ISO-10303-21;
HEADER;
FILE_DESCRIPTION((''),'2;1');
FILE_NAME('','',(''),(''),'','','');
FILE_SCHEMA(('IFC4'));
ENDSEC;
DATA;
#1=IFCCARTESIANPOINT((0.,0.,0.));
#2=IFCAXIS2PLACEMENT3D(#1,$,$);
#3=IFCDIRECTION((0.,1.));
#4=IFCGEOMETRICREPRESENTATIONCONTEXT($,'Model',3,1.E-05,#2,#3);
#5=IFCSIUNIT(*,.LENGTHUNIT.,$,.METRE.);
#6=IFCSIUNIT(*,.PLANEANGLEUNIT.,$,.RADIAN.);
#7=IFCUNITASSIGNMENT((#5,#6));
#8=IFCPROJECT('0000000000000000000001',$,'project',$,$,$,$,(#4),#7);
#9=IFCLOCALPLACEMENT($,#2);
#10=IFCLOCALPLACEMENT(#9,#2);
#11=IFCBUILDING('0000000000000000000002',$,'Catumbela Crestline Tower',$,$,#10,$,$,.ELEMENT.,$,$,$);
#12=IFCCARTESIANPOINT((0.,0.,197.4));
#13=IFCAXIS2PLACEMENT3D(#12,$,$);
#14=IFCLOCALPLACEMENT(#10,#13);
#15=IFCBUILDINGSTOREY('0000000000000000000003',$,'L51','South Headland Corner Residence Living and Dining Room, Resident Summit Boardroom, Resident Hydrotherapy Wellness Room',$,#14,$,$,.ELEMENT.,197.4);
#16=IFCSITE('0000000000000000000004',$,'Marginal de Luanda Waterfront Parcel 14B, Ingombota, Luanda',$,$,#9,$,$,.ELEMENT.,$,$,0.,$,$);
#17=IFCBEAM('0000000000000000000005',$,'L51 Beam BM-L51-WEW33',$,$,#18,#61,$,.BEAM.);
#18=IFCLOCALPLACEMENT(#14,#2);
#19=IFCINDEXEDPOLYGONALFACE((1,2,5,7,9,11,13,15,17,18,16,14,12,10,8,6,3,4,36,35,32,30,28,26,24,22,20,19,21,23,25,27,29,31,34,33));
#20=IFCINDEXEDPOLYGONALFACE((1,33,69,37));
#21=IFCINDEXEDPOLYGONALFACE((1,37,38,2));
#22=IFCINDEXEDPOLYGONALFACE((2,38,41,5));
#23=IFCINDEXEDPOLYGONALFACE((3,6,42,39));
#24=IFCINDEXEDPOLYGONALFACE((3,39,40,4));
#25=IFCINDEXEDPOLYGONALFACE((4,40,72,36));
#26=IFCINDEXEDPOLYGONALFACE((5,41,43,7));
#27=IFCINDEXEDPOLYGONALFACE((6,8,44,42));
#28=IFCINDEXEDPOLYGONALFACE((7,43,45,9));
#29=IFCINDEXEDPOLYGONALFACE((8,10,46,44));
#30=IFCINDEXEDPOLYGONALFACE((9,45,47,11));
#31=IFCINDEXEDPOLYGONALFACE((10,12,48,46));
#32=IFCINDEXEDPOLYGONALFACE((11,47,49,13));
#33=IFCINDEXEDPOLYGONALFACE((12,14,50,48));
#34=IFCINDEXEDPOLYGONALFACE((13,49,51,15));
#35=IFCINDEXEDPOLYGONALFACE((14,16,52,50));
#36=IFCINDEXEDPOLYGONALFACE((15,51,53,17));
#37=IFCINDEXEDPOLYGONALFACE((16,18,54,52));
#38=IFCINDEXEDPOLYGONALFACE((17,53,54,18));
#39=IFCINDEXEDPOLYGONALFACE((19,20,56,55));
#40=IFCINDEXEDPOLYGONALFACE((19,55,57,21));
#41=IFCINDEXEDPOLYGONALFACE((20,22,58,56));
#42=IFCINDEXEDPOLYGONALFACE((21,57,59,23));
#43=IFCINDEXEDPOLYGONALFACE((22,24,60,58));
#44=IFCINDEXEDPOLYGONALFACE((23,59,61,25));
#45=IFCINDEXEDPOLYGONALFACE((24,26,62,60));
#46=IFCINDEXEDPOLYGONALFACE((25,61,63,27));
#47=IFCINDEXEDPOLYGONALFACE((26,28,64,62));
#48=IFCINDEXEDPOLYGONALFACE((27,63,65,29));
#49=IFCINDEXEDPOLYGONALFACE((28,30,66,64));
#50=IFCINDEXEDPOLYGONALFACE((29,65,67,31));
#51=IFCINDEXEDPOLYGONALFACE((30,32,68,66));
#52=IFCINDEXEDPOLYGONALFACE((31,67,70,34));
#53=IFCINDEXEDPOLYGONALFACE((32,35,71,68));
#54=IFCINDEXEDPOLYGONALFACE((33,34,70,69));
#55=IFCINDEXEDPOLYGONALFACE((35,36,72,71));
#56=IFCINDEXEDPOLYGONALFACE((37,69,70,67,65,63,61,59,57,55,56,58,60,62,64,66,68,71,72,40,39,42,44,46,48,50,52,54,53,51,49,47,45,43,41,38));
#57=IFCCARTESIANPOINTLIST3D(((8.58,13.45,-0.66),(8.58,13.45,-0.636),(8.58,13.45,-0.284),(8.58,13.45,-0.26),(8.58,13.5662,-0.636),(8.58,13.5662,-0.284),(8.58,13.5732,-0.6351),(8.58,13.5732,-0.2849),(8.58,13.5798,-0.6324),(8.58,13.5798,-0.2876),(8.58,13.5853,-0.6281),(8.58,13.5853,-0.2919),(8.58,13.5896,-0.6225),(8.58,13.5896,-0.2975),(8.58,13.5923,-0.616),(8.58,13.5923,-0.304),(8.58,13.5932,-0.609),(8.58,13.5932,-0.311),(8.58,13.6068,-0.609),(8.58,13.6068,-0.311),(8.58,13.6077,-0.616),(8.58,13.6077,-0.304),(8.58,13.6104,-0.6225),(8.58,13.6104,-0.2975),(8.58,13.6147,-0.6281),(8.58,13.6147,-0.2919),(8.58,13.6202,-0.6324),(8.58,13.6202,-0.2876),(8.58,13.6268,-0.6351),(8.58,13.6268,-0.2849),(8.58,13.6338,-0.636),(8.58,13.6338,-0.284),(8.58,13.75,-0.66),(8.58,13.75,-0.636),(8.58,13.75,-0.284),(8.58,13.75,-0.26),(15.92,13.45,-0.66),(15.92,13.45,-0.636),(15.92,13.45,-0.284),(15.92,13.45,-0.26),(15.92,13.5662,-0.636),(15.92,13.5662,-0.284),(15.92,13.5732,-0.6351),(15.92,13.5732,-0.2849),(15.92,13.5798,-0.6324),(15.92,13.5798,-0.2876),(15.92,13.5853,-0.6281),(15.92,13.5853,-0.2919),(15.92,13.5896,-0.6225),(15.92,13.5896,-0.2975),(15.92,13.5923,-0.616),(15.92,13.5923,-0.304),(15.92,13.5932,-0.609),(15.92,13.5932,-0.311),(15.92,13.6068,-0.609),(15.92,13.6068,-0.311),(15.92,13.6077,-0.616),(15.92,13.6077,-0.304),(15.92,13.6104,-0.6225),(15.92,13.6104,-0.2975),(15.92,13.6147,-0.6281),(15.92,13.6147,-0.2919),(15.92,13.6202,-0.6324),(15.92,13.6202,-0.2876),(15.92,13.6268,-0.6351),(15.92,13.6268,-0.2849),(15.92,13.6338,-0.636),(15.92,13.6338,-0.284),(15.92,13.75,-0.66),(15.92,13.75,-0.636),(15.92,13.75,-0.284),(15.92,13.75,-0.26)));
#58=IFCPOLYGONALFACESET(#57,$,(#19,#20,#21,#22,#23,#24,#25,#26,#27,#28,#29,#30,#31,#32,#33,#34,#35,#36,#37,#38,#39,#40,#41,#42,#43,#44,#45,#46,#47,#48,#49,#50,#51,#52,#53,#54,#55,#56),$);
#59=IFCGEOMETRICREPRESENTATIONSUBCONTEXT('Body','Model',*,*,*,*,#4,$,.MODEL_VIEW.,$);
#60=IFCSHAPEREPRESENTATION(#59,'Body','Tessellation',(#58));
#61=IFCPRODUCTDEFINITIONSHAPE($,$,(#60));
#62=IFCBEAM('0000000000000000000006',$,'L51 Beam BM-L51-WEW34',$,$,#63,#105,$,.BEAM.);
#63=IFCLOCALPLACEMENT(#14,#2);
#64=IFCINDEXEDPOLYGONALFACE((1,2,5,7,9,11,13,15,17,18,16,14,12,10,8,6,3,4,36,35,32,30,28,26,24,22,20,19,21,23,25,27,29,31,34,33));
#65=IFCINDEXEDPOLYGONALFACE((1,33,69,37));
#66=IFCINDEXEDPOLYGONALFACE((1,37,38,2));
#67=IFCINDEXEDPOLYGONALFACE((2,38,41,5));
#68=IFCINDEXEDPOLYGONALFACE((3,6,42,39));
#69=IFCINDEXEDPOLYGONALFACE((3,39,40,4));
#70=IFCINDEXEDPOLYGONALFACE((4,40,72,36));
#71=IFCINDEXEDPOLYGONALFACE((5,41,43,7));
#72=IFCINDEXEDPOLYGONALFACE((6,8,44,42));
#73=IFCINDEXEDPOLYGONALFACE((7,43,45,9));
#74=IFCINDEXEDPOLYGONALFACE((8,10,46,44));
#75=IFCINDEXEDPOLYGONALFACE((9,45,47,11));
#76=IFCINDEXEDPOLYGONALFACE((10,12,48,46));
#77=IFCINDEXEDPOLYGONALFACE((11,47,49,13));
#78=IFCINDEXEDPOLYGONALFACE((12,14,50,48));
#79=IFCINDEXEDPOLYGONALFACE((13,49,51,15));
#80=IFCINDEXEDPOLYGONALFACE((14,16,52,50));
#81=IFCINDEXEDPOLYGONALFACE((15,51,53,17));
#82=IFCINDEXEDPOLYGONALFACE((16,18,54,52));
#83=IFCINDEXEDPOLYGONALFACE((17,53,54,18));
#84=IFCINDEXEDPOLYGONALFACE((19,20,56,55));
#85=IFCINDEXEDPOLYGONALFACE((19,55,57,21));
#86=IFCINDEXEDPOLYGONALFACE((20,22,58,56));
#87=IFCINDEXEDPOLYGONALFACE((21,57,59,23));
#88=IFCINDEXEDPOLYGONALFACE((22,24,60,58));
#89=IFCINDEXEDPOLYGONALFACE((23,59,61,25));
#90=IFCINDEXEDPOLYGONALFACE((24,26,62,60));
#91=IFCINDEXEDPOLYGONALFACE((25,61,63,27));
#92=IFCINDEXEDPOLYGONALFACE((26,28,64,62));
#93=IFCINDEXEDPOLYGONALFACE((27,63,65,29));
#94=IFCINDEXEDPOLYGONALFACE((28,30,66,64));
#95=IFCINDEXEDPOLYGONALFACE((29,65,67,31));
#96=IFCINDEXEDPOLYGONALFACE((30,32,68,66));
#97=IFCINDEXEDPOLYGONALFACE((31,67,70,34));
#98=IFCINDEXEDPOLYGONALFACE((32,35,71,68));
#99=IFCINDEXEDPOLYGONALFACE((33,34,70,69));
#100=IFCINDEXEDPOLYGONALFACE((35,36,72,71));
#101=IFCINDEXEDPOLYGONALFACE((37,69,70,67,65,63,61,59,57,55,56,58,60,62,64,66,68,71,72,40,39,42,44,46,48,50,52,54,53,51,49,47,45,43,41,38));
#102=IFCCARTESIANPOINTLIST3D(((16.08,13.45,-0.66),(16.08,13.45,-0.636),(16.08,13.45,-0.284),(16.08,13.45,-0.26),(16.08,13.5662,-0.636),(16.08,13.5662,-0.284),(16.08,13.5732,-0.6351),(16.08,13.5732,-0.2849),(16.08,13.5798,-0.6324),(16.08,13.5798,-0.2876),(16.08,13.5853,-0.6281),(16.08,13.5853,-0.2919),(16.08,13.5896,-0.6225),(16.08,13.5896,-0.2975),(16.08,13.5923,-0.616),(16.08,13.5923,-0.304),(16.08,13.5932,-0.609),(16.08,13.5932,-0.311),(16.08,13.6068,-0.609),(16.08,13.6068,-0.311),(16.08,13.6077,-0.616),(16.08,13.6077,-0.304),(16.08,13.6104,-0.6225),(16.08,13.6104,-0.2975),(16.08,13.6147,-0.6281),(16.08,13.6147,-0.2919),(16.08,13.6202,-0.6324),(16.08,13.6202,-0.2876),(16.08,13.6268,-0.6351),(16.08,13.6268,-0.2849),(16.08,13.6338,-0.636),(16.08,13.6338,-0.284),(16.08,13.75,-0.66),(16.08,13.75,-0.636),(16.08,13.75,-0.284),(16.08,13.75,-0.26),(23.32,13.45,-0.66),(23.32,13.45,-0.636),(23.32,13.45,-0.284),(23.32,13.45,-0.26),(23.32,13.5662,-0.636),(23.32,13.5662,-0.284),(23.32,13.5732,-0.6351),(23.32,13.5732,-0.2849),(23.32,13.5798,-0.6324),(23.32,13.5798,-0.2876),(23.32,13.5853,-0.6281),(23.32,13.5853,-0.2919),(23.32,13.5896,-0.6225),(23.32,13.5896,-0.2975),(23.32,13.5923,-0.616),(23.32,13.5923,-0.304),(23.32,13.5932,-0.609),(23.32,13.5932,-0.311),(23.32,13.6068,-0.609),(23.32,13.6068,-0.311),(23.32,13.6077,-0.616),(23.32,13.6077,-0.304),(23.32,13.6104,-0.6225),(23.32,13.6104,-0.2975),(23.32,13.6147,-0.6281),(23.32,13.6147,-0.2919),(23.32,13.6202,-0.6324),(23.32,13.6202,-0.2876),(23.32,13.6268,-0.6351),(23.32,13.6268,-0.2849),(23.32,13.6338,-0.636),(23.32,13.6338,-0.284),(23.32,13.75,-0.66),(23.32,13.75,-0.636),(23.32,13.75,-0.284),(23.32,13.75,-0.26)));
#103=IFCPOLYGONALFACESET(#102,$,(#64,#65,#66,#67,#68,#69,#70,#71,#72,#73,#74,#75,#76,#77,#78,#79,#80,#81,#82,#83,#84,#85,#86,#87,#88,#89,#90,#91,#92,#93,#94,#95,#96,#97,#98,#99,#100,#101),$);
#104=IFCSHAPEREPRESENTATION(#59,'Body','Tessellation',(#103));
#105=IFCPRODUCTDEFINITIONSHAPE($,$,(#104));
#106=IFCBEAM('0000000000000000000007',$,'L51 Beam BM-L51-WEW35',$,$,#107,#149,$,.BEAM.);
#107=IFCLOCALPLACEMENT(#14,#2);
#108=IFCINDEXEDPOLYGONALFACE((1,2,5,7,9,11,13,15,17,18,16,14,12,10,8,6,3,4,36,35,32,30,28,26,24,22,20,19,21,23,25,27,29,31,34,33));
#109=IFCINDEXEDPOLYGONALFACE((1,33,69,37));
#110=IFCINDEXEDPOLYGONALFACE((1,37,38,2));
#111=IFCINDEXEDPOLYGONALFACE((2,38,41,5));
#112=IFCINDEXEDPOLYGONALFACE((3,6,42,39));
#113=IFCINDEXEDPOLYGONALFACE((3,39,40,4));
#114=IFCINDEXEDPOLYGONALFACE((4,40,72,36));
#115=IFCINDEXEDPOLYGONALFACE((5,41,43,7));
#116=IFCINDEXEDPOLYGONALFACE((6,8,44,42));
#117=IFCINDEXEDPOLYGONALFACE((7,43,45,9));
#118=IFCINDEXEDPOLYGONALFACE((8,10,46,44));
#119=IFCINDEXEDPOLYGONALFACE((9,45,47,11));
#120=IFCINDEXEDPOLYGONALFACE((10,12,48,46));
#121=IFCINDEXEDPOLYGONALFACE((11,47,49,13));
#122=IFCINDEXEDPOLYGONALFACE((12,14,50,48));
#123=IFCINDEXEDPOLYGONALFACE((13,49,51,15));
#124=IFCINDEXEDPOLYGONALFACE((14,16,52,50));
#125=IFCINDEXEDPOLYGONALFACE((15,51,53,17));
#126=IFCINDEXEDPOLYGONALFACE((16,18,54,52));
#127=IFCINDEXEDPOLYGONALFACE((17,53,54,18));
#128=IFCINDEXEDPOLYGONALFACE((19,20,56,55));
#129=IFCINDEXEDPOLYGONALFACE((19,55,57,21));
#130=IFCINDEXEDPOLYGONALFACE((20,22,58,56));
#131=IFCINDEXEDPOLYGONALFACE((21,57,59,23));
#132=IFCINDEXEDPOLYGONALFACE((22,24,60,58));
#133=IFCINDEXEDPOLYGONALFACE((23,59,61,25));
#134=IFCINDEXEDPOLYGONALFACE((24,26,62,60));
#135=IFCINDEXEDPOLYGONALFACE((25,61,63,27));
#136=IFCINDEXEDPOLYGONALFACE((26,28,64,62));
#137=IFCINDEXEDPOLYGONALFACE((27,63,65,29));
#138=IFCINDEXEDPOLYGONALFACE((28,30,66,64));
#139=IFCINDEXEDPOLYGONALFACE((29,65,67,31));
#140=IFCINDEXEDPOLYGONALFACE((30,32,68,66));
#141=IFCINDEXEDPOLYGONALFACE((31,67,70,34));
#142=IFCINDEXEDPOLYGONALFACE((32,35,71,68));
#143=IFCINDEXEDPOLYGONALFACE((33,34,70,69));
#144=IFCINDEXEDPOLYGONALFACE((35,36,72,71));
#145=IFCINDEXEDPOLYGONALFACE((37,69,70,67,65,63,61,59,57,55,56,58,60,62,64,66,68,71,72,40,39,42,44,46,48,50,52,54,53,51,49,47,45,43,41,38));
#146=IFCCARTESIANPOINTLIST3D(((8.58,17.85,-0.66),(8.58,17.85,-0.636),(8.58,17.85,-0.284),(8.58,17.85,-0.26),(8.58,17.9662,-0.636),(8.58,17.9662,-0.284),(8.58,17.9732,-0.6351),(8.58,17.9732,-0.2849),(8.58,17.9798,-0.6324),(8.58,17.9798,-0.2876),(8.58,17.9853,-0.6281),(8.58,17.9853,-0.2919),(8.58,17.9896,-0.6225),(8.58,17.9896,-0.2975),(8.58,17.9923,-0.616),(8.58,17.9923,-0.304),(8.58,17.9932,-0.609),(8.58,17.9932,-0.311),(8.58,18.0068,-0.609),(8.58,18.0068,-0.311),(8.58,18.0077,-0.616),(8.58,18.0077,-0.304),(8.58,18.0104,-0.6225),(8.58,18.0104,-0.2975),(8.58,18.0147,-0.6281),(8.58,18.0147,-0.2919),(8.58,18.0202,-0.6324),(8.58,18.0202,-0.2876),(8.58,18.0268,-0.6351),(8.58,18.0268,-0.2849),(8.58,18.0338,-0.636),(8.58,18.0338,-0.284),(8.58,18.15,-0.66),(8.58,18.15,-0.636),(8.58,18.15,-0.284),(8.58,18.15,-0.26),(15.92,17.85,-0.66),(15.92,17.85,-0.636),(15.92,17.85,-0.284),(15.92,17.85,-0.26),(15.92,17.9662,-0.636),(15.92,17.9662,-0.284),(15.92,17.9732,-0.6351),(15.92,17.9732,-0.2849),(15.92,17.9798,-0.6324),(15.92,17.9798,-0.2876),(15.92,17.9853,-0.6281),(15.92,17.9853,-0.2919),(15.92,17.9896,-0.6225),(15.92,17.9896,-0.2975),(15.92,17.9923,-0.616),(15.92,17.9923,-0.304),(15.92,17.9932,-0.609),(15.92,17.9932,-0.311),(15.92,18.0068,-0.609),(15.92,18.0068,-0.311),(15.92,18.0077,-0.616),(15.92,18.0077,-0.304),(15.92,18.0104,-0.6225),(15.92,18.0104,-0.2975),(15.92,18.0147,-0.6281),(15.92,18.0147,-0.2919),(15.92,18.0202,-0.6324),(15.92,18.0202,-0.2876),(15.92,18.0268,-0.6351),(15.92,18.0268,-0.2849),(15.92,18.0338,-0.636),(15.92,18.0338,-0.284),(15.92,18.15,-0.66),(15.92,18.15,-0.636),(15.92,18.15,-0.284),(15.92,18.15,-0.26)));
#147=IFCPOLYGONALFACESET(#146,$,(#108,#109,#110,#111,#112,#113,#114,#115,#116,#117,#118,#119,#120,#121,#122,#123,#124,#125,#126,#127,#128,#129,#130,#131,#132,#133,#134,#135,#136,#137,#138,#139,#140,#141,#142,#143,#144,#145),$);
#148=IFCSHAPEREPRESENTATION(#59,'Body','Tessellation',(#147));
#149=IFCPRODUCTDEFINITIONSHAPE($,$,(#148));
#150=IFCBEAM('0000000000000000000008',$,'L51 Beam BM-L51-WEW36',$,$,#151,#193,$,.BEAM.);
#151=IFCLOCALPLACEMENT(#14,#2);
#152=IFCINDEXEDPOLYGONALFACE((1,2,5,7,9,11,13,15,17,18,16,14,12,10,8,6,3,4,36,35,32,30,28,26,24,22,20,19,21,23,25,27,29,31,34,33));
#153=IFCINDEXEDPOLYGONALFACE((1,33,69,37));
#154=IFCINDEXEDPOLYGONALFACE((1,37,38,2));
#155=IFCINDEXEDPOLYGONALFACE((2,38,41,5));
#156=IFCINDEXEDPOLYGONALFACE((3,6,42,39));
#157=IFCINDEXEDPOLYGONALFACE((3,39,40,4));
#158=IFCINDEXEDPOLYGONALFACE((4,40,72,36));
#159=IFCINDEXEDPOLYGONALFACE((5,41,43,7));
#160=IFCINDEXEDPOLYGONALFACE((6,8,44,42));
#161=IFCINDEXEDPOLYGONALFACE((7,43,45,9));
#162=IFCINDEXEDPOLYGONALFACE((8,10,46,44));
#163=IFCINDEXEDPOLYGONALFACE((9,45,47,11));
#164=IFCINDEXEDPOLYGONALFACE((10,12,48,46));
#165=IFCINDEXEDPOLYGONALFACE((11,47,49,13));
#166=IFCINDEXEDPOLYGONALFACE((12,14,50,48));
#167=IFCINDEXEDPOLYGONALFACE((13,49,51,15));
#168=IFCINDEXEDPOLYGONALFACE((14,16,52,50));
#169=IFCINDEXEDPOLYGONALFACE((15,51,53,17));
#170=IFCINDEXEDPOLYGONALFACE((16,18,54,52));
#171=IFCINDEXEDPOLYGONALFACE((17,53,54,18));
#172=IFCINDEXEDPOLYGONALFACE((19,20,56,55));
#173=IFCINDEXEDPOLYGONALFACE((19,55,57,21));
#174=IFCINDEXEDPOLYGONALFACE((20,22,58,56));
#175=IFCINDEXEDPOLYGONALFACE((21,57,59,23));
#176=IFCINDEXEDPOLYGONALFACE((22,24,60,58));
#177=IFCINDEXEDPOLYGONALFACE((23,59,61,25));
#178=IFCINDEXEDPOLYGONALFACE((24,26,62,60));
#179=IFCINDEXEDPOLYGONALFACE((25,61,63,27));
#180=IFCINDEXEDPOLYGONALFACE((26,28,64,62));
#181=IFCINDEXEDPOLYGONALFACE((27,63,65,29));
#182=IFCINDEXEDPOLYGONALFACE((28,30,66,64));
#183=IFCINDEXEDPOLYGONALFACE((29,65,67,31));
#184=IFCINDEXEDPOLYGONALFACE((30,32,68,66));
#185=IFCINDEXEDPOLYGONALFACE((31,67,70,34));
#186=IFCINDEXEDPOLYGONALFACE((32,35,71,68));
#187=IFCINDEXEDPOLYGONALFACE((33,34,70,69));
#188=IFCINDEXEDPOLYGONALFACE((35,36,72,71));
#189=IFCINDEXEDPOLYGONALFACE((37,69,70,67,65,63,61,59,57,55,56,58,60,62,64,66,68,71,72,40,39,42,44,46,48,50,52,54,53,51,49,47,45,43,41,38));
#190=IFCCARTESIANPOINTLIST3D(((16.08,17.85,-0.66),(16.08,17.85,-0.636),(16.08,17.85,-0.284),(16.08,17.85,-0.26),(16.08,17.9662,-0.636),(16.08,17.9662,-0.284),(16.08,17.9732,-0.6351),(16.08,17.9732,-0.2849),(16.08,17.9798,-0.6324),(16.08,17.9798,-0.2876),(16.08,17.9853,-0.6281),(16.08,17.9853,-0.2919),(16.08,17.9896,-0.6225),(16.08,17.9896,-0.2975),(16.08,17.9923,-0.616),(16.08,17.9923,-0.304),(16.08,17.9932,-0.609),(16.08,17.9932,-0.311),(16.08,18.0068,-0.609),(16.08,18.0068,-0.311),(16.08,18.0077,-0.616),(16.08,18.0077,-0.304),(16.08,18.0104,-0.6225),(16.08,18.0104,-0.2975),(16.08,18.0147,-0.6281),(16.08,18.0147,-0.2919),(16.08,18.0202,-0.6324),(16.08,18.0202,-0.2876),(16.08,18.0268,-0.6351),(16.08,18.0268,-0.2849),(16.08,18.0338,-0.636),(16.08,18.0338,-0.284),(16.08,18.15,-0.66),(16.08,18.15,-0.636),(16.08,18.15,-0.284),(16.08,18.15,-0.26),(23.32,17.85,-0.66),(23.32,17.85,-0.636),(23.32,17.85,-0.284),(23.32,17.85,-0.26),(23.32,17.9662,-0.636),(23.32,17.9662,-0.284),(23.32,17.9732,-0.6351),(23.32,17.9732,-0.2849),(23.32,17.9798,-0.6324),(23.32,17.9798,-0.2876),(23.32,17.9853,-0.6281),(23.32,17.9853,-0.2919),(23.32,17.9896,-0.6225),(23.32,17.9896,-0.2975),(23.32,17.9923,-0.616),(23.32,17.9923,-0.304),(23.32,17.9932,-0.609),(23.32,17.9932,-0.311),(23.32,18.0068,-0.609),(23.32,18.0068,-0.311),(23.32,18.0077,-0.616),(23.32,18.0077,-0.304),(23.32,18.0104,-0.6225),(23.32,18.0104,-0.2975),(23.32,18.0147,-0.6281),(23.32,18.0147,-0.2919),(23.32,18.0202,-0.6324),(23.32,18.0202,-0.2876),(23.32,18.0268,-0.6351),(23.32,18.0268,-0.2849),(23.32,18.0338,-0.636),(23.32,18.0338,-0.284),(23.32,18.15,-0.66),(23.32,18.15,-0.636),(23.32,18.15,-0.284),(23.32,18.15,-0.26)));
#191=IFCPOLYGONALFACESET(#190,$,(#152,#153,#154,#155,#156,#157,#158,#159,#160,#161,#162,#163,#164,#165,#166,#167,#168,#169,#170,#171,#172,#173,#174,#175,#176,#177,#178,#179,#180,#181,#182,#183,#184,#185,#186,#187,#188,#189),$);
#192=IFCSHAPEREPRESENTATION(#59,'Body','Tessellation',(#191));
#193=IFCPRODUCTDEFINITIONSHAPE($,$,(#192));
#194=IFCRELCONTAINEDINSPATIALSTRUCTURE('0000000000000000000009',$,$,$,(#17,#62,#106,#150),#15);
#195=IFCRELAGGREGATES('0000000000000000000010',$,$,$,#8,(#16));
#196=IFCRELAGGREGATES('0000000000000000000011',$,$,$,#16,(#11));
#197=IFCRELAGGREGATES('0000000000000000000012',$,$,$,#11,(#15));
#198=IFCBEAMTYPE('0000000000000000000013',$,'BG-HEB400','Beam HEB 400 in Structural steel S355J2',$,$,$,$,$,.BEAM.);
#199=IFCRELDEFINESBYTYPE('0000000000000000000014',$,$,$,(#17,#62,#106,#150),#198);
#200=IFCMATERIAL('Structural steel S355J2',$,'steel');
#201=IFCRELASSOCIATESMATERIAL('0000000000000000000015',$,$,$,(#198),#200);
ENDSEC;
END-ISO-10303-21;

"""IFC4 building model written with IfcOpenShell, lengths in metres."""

from ifc_helpers import new_model, si_unit, direction, frame, origin, origin_2d, place, context, subcontext, project, spatial, i_section, extrude, material, material_profile, profile_set, type_object, element, save


model = new_model("IFC4")

# Units and contexts
model_context = context("Model", 3, precision=1e-05, world=origin(), true_north=direction((0.0, 1.0)))
body_context = subcontext(model_context, "Body", "Model", "MODEL_VIEW")
ifc_project = project(units=[si_unit("LENGTHUNIT", "METRE"), si_unit("PLANEANGLEUNIT", "RADIAN")], contexts=[model_context])

# Site, building, storey
site_placement = place(None, origin())
site = spatial("IfcSite", under=ifc_project, at=site_placement, Name="Marginal de Luanda Waterfront Parcel 14B, Ingombota, Luanda", CompositionType="ELEMENT", RefElevation=0.0)
building_placement = place(site_placement, origin())
building = spatial("IfcBuilding", under=site, at=building_placement, Name="Catumbela Crestline Tower", CompositionType="ELEMENT")
storey_placement = place(building_placement, frame((0.0, 0.0, 197.4)))
storey = spatial("IfcBuildingStorey", under=building, at=storey_placement, Name="L51", Description="South Headland Corner Residence Living and Dining Room, Resident Summit Boardroom, Resident Hydrotherapy Wellness Room", CompositionType="ELEMENT", Elevation=197.4)

# Shared definitions
ifc_material_1 = material(Name="Structural steel S355J2", Category="steel")

# Beams
ifc_material_profile_1 = material_profile(ifc_material_1, i_section(OverallWidth=0.3, OverallDepth=0.4, WebThickness=0.0135, FlangeThickness=0.024, FilletRadius=0.027, at=origin_2d()), Name="HEB 400")
ifc_profile_set_1 = profile_set([ifc_material_profile_1], Name="Structural steel S355J2")
beam_type_1 = type_object("IfcBeamType", Name="BG-HEB400", Description="Beam HEB 400 in Structural steel S355J2", PredefinedType="BEAM", material=ifc_profile_set_1)
beam_1_placement = place(storey_placement, frame((8.58, 13.6, -0.46), z_axis=(1.0, 0.0, 0.0), x_axis=(0.0, 1.0, 0.0)))
element("IfcBeam", 1, at=beam_1_placement, inside=storey, type_object=beam_type_1, Name="L51 Beam BM-L51-WEW33", PredefinedType="BEAM", context=body_context, shape_type="SweptSolid", body=[
    extrude(i_section(OverallWidth=0.3, OverallDepth=0.4, WebThickness=0.0135, FlangeThickness=0.024, FilletRadius=0.027, at=origin_2d()), origin(), (0.0, 0.0, 1.0), 7.34),
])
beam_2_placement = place(storey_placement, frame((16.08, 13.6, -0.46), z_axis=(1.0, 0.0, 0.0), x_axis=(0.0, 1.0, 0.0)))
element("IfcBeam", 2, at=beam_2_placement, inside=storey, type_object=beam_type_1, Name="L51 Beam BM-L51-WEW34", PredefinedType="BEAM", context=body_context, shape_type="SweptSolid", body=[
    extrude(i_section(OverallWidth=0.3, OverallDepth=0.4, WebThickness=0.0135, FlangeThickness=0.024, FilletRadius=0.027, at=origin_2d()), origin(), (0.0, 0.0, 1.0), 7.24),
])
beam_3_placement = place(storey_placement, frame((8.58, 18.0, -0.46), z_axis=(1.0, 0.0, 0.0), x_axis=(0.0, 1.0, 0.0)))
element("IfcBeam", 3, at=beam_3_placement, inside=storey, type_object=beam_type_1, Name="L51 Beam BM-L51-WEW35", PredefinedType="BEAM", context=body_context, shape_type="SweptSolid", body=[
    extrude(i_section(OverallWidth=0.3, OverallDepth=0.4, WebThickness=0.0135, FlangeThickness=0.024, FilletRadius=0.027, at=origin_2d()), origin(), (0.0, 0.0, 1.0), 7.34),
])
beam_4_placement = place(storey_placement, frame((16.08, 18.0, -0.46), z_axis=(1.0, 0.0, 0.0), x_axis=(0.0, 1.0, 0.0)))
element("IfcBeam", 4, at=beam_4_placement, inside=storey, type_object=beam_type_1, Name="L51 Beam BM-L51-WEW36", PredefinedType="BEAM", context=body_context, shape_type="SweptSolid", body=[
    extrude(i_section(OverallWidth=0.3, OverallDepth=0.4, WebThickness=0.0135, FlangeThickness=0.024, FilletRadius=0.027, at=origin_2d()), origin(), (0.0, 0.0, 1.0), 7.24),
])

save(model, "model.ifc")
